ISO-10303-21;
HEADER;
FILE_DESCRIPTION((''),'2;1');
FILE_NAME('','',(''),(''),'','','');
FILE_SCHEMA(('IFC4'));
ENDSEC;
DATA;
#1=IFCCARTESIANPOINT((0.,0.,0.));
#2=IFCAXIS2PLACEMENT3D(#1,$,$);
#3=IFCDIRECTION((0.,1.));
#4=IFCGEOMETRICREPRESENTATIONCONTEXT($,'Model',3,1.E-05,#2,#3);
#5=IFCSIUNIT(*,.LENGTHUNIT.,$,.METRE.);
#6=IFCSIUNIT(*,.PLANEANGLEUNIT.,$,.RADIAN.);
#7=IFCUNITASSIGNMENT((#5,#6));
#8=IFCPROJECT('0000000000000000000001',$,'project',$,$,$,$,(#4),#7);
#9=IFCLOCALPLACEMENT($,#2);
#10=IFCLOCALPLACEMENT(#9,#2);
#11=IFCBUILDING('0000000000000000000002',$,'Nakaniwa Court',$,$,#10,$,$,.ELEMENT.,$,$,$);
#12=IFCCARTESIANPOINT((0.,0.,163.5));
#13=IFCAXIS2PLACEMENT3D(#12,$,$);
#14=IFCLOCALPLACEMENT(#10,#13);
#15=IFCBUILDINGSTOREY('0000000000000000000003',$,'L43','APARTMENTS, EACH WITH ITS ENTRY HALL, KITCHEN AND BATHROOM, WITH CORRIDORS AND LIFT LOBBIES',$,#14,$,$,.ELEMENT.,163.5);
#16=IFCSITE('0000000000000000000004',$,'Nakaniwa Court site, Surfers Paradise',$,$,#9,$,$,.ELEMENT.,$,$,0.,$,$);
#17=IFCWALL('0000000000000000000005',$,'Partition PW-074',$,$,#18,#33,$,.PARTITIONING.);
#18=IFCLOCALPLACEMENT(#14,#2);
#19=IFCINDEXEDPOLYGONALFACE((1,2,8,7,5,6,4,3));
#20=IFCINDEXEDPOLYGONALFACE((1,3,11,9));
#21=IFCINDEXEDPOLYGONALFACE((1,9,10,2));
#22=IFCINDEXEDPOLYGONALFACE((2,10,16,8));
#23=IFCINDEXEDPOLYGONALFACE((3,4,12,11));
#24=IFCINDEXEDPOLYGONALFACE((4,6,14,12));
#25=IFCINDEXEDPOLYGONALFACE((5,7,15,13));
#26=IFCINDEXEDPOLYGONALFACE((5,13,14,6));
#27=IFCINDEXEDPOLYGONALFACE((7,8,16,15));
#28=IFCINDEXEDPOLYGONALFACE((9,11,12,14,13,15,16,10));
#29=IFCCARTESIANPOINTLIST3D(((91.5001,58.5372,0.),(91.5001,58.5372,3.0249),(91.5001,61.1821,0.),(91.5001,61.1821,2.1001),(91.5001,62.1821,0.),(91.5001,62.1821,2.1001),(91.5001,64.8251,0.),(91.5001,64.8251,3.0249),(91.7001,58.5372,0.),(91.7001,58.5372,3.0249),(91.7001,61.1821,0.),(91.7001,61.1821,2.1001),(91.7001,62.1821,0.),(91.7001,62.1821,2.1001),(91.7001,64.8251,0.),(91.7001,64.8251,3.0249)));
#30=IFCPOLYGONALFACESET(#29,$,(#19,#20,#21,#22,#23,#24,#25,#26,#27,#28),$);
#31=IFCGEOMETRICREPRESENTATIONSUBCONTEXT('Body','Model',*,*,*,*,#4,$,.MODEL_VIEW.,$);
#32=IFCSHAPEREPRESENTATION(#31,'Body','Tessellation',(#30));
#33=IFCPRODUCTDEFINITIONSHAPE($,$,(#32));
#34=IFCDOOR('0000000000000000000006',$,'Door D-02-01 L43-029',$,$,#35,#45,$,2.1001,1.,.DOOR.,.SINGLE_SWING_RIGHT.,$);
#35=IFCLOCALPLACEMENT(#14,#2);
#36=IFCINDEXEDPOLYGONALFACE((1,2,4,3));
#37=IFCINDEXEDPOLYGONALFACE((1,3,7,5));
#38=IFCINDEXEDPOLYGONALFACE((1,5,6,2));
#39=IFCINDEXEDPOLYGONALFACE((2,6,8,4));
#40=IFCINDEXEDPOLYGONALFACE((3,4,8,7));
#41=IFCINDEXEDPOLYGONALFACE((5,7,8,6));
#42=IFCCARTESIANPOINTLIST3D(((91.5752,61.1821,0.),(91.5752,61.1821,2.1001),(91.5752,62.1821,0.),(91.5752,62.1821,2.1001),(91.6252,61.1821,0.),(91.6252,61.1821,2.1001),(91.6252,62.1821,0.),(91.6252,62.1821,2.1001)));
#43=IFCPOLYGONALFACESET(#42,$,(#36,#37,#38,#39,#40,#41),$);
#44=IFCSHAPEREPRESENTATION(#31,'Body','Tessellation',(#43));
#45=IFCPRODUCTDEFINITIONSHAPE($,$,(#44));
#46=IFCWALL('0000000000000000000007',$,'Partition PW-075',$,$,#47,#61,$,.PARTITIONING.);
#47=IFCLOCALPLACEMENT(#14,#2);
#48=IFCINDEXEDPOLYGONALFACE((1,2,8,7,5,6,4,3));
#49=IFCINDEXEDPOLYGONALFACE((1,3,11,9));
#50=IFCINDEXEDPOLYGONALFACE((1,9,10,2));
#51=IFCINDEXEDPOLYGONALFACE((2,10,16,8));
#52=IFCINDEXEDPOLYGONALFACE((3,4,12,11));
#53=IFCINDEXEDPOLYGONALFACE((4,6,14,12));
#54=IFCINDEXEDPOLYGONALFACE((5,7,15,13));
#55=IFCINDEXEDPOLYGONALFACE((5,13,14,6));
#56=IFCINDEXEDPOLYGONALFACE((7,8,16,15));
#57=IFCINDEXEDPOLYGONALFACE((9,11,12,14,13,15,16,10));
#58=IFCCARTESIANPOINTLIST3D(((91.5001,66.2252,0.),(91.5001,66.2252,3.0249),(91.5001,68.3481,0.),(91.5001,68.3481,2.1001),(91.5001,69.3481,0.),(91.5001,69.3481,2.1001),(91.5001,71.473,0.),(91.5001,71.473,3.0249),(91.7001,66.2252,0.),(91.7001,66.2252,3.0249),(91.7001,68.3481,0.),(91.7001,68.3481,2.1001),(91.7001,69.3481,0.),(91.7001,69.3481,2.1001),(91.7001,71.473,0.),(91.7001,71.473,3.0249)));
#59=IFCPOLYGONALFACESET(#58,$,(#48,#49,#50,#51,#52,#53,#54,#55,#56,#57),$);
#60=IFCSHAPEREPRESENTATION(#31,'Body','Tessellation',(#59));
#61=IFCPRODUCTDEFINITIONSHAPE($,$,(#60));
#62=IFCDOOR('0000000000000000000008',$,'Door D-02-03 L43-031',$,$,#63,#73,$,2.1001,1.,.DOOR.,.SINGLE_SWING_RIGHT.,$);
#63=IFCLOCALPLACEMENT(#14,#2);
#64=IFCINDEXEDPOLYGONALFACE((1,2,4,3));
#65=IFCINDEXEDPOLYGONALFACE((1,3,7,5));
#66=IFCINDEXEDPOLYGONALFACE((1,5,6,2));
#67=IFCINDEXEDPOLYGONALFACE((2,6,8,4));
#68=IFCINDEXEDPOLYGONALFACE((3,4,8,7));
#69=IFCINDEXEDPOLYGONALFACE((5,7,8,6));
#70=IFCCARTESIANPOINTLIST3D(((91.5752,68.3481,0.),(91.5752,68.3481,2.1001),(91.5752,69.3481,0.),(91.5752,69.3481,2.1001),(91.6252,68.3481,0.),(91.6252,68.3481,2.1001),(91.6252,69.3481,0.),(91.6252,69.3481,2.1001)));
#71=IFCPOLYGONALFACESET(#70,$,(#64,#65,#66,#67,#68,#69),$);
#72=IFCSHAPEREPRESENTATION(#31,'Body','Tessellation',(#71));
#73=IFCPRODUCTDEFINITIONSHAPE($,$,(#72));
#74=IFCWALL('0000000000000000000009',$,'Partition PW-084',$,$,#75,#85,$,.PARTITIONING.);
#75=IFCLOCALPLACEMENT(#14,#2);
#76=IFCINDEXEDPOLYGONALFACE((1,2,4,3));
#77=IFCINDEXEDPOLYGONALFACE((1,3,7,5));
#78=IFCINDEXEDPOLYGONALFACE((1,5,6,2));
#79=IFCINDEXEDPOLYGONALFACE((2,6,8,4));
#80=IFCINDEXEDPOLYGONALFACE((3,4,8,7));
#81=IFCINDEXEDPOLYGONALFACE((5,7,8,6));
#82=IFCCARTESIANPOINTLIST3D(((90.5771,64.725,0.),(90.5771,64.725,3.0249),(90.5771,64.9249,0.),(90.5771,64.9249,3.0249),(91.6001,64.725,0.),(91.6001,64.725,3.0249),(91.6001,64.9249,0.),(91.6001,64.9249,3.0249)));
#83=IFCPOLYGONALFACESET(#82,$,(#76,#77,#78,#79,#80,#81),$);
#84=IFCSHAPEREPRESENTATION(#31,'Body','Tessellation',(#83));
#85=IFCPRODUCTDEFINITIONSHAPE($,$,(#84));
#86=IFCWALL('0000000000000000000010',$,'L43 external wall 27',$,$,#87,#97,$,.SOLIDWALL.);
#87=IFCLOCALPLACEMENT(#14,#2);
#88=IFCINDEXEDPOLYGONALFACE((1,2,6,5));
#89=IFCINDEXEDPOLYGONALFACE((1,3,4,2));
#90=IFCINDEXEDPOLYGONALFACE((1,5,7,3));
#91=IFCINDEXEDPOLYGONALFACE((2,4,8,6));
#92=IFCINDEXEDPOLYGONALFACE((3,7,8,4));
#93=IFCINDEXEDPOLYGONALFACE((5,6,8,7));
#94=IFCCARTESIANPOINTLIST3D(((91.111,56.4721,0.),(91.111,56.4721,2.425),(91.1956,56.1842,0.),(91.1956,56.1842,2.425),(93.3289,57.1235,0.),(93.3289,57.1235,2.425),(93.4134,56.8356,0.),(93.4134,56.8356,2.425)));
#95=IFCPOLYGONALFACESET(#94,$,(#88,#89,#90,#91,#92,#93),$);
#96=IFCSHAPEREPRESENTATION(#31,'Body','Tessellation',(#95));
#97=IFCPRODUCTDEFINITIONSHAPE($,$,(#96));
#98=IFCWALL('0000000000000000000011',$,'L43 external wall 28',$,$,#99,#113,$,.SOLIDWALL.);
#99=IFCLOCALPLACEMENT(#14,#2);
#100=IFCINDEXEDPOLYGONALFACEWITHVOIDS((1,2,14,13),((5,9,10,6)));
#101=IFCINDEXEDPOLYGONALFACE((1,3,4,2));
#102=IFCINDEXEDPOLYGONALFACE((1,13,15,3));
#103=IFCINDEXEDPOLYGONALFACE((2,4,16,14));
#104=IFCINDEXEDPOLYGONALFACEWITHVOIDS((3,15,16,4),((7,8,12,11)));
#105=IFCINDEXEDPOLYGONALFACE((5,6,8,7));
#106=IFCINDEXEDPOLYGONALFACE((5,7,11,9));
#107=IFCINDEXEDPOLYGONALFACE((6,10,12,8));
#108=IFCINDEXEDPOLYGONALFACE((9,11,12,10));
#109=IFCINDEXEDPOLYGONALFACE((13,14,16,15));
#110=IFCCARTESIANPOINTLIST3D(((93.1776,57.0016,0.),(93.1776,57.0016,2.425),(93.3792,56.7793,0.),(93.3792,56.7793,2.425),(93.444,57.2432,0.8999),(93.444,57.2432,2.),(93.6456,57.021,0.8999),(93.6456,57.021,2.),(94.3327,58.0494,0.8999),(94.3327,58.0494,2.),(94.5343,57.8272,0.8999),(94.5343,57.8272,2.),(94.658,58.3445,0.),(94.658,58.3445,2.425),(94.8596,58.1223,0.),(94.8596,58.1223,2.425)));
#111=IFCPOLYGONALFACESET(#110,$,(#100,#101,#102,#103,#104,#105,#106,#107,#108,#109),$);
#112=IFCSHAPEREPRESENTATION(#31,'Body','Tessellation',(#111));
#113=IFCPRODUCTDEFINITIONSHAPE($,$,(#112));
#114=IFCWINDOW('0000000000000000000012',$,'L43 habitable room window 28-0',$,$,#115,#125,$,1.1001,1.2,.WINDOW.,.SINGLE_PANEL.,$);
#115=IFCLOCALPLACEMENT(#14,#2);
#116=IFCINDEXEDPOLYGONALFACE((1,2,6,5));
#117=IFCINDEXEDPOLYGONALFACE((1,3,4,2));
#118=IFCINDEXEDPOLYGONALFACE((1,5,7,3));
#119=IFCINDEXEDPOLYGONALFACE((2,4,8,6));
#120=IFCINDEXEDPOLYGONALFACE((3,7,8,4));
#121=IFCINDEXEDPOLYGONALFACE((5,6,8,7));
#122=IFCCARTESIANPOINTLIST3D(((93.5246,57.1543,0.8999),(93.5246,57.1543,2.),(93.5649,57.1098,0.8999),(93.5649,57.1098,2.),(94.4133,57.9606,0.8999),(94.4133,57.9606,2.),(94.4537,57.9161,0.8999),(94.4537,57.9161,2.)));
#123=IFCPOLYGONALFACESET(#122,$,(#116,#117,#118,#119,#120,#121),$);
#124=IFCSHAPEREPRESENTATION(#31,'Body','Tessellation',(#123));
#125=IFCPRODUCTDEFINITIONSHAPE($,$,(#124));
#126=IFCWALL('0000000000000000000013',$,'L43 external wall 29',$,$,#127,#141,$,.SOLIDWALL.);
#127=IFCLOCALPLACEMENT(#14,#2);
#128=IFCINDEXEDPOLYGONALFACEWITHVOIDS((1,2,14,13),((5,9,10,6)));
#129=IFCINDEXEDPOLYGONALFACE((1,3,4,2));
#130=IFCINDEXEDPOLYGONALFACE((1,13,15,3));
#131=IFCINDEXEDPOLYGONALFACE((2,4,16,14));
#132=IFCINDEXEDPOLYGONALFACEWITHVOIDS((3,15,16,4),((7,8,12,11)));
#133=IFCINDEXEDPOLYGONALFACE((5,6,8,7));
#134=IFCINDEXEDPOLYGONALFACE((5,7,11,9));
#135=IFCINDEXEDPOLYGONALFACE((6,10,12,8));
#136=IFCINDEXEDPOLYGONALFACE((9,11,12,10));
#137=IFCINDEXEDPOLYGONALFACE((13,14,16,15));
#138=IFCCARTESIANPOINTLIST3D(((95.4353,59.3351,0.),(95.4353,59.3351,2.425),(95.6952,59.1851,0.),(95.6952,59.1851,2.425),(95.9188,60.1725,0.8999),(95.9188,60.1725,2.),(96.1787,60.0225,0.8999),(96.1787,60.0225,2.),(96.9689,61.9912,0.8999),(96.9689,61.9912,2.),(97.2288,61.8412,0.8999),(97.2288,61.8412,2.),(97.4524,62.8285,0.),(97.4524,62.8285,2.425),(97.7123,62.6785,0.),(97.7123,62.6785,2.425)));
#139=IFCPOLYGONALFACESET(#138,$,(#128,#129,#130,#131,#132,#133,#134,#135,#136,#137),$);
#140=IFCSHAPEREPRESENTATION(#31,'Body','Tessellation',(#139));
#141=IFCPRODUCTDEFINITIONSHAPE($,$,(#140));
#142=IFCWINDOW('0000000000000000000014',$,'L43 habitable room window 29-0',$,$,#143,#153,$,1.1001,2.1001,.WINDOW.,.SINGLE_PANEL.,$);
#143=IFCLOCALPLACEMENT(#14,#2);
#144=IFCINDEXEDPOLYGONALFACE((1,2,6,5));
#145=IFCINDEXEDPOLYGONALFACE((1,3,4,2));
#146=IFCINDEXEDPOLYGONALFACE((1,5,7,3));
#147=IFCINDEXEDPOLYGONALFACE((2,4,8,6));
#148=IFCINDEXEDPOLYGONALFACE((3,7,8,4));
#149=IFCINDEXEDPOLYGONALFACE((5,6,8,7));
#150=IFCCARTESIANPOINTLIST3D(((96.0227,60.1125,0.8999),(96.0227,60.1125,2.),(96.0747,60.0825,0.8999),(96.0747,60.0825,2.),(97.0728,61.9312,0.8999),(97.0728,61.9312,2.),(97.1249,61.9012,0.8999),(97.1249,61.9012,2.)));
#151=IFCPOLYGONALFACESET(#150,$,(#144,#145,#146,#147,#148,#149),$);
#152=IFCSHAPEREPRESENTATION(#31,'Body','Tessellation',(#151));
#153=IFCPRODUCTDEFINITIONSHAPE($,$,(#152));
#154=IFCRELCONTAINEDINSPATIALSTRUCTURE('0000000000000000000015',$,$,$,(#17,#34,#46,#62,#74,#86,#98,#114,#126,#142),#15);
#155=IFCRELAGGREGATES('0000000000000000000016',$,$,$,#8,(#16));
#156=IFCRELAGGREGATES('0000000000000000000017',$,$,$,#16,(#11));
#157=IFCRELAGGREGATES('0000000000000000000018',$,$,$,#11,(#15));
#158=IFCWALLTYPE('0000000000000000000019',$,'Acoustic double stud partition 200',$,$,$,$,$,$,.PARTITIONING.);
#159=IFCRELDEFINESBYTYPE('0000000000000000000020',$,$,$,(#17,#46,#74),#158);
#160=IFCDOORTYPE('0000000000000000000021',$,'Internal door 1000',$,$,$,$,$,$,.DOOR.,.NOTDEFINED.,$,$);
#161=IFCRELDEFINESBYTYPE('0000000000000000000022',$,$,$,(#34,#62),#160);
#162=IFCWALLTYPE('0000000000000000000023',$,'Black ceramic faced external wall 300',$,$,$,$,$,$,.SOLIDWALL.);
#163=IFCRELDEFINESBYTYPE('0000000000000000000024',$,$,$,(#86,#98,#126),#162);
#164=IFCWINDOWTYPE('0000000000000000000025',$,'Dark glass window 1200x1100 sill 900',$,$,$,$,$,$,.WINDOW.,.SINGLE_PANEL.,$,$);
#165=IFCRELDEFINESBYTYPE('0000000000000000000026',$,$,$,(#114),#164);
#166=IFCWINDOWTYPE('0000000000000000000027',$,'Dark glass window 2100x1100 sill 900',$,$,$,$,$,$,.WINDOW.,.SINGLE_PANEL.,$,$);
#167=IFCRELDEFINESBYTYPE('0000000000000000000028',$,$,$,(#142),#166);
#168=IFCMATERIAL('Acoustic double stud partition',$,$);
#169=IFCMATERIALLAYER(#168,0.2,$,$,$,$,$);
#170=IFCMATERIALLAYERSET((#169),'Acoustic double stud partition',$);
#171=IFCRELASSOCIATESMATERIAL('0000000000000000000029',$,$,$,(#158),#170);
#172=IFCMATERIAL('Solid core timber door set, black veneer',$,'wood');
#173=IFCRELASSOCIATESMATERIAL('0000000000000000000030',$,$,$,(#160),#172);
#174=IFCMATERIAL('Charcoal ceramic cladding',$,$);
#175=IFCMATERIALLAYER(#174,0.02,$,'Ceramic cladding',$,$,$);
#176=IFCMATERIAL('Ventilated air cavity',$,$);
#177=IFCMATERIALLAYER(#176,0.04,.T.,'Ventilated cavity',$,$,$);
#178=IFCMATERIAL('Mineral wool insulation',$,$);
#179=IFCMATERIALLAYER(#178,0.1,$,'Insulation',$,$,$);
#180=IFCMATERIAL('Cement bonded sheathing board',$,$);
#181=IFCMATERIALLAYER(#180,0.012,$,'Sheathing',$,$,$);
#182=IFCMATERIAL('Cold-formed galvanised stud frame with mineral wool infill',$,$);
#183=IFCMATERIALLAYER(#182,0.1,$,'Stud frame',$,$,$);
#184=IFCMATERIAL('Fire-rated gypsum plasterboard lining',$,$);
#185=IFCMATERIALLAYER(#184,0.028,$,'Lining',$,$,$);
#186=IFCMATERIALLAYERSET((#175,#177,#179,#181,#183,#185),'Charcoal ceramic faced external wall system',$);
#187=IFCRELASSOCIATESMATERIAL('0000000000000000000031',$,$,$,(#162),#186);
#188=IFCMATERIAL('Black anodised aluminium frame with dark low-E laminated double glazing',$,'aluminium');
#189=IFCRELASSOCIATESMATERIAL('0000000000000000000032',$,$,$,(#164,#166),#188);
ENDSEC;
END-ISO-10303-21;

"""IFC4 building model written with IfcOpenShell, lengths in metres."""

from ifc_helpers import new_model, si_unit, direction, frame, frame_2d, origin, place, context, subcontext, project, spatial, rectangle, extrude, material, layer, layer_set, type_object, element, fill, save


model = new_model("IFC4")

# Units and contexts
model_context = context("Model", 3, precision=1e-05, world=origin(), true_north=direction((0.0, 1.0)))
body_context = subcontext(model_context, "Body", "Model", "MODEL_VIEW")
ifc_project = project(units=[si_unit("LENGTHUNIT", "METRE"), si_unit("PLANEANGLEUNIT", "RADIAN")], contexts=[model_context])

# Site, building, storey
site_placement = place(None, origin())
site = spatial("IfcSite", under=ifc_project, at=site_placement, Name="Nakaniwa Court site, Surfers Paradise", CompositionType="ELEMENT", RefElevation=0.0)
building_placement = place(site_placement, origin())
building = spatial("IfcBuilding", under=site, at=building_placement, Name="Nakaniwa Court", CompositionType="ELEMENT")
storey_placement = place(building_placement, frame((0.0, 0.0, 163.5)))
storey = spatial("IfcBuildingStorey", under=building, at=storey_placement, Name="L43", Description="APARTMENTS, EACH WITH ITS ENTRY HALL, KITCHEN AND BATHROOM, WITH CORRIDORS AND LIFT LOBBIES", CompositionType="ELEMENT", Elevation=163.5)

# Shared definitions
ifc_material_1 = material(Name="Acoustic double stud partition")
ifc_layer_1 = layer(ifc_material_1, 0.2)
ifc_layer_set_1 = layer_set([ifc_layer_1], Name="Acoustic double stud partition")
wall_type_1 = type_object("IfcWallType", Name="Acoustic double stud partition 200", PredefinedType="PARTITIONING", material=ifc_layer_set_1)

# Walls, openings, doors
wall_1_placement = place(storey_placement, frame((91.6001, 58.5371, 0.0), z_axis=(0.0, 0.0, 1.0), x_axis=(0.0, 1.0, 0.0)))
wall_1 = element("IfcWall", 1, at=wall_1_placement, inside=storey, type_object=wall_type_1, Name="Partition PW-074", PredefinedType="PARTITIONING", context=body_context, shape_type="SweptSolid", body=[
    extrude(rectangle(XDim=6.2878, YDim=0.2, at=frame_2d((3.144, 0.0))), origin(), (0.0, 0.0, 1.0), 3.0249),
])
opening_1_placement = place(wall_1_placement, frame((2.645, 0.0, 0.0)))
opening_1 = element("IfcOpeningElement", 2, at=opening_1_placement, cuts=wall_1, PredefinedType="OPENING", context=body_context, shape_type="SweptSolid", body=[
    extrude(rectangle(XDim=1.0, YDim=2.1001, at=frame_2d((0.5, 1.05))), frame((0.0, 0.1099, 0.0), z_axis=(0.0, -1.0, 0.0), x_axis=(1.0, 0.0, 0.0)), (0.0, 0.0, 1.0), 0.22),
])
ifc_material_2 = material(Name="Solid core timber door set, black veneer", Category="wood")
door_type = type_object("IfcDoorType", Name="Internal door 1000", OperationType="NOTDEFINED", PredefinedType="DOOR", material=ifc_material_2)
door_1_placement = place(opening_1_placement, origin())
door_1 = element("IfcDoor", 3, at=door_1_placement, inside=storey, type_object=door_type, Name="Door D-02-01 L43-029", OperationType="SINGLE_SWING_RIGHT", OverallHeight=2.1001, OverallWidth=1.0, PredefinedType="DOOR", context=body_context, shape_type="SweptSolid", body=[
    extrude(rectangle(XDim=1.0, YDim=2.1001, at=frame_2d((0.5, 1.05))), frame((0.0, 0.0249, 0.0), z_axis=(0.0, -1.0, 0.0), x_axis=(1.0, 0.0, 0.0)), (0.0, 0.0, 1.0), 0.05),
])
fill(opening_1, door_1)
wall_2_placement = place(storey_placement, frame((91.6001, 66.2251, 0.0), z_axis=(0.0, 0.0, 1.0), x_axis=(0.0, 1.0, 0.0)))
wall_2 = element("IfcWall", 4, at=wall_2_placement, inside=storey, type_object=wall_type_1, Name="Partition PW-075", PredefinedType="PARTITIONING", context=body_context, shape_type="SweptSolid", body=[
    extrude(rectangle(XDim=5.2478, YDim=0.2, at=frame_2d((2.624, 0.0))), origin(), (0.0, 0.0, 1.0), 3.0249),
])
opening_2_placement = place(wall_2_placement, frame((2.123, 0.0, 0.0)))
opening_2 = element("IfcOpeningElement", 5, at=opening_2_placement, cuts=wall_2, PredefinedType="OPENING", context=body_context, shape_type="SweptSolid", body=[
    extrude(rectangle(XDim=1.0, YDim=2.1001, at=frame_2d((0.5, 1.05))), frame((0.0, 0.1099, 0.0), z_axis=(0.0, -1.0, 0.0), x_axis=(1.0, 0.0, 0.0)), (0.0, 0.0, 1.0), 0.22),
])
door_2_placement = place(opening_2_placement, origin())
door_2 = element("IfcDoor", 6, at=door_2_placement, inside=storey, type_object=door_type, Name="Door D-02-03 L43-031", OperationType="SINGLE_SWING_RIGHT", OverallHeight=2.1001, OverallWidth=1.0, PredefinedType="DOOR", context=body_context, shape_type="SweptSolid", body=[
    extrude(rectangle(XDim=1.0, YDim=2.1001, at=frame_2d((0.5, 1.05))), frame((0.0, 0.0249, 0.0), z_axis=(0.0, -1.0, 0.0), x_axis=(1.0, 0.0, 0.0)), (0.0, 0.0, 1.0), 0.05),
])
fill(opening_2, door_2)

# Walls
wall_3_placement = place(storey_placement, frame((90.5771, 64.825, 0.0), z_axis=(0.0, 0.0, 1.0), x_axis=(1.0, 0.0, 0.0)))
element("IfcWall", 7, at=wall_3_placement, inside=storey, type_object=wall_type_1, Name="Partition PW-084", PredefinedType="PARTITIONING", context=body_context, shape_type="SweptSolid", body=[
    extrude(rectangle(XDim=1.0229, YDim=0.2, at=frame_2d((0.5115, 0.0))), origin(), (0.0, 0.0, 1.0), 3.0249),
])
ifc_material_3 = material(Name="Charcoal ceramic cladding")
ifc_layer_2 = layer(ifc_material_3, 0.02, Name="Ceramic cladding")
ifc_material_4 = material(Name="Ventilated air cavity")
ifc_layer_3 = layer(ifc_material_4, 0.04, ventilated=True, Name="Ventilated cavity")
ifc_material_5 = material(Name="Mineral wool insulation")
ifc_layer_4 = layer(ifc_material_5, 0.1, Name="Insulation")
ifc_material_6 = material(Name="Cement bonded sheathing board")
ifc_layer_5 = layer(ifc_material_6, 0.012, Name="Sheathing")
ifc_material_7 = material(Name="Cold-formed galvanised stud frame with mineral wool infill")
ifc_layer_6 = layer(ifc_material_7, 0.1, Name="Stud frame")
ifc_material_8 = material(Name="Fire-rated gypsum plasterboard lining")
ifc_layer_7 = layer(ifc_material_8, 0.028, Name="Lining")
ifc_layer_set_2 = layer_set([ifc_layer_2, ifc_layer_3, ifc_layer_4, ifc_layer_5, ifc_layer_6, ifc_layer_7], Name="Charcoal ceramic faced external wall system")
wall_type_2 = type_object("IfcWallType", Name="Black ceramic faced external wall 300", PredefinedType="SOLIDWALL", material=ifc_layer_set_2)
wall_4_placement = place(storey_placement, frame((91.1533, 56.3281, 0.0), z_axis=(0.0, 0.0, 1.0), x_axis=(0.959473, 0.2818, 0.0)))
element("IfcWall", 8, at=wall_4_placement, inside=storey, type_object=wall_type_2, Name="L43 external wall 27", PredefinedType="SOLIDWALL", context=body_context, shape_type="SweptSolid", body=[
    extrude(rectangle(XDim=2.3115, YDim=0.3, at=frame_2d((1.1558, 0.0))), origin(), (0.0, 0.0, 1.0), 2.425),
])

# Walls, openings, windows
wall_5_placement = place(storey_placement, frame((93.2783, 56.8904, 0.0), z_axis=(0.0, 0.0, 1.0), x_axis=(0.740653, 0.671888, 0.0)))
wall_5 = element("IfcWall", 9, at=wall_5_placement, inside=storey, type_object=wall_type_2, Name="L43 external wall 28", PredefinedType="SOLIDWALL", context=body_context, shape_type="SweptSolid", body=[
    extrude(rectangle(XDim=1.9988, YDim=0.3, at=frame_2d((0.9995, 0.0))), origin(), (0.0, 0.0, 1.0), 2.425),
])
opening_3_placement = place(wall_5_placement, frame((0.3596, 0.0, 0.8999)))
opening_3 = element("IfcOpeningElement", 10, at=opening_3_placement, cuts=wall_5, PredefinedType="OPENING", context=body_context, shape_type="SweptSolid", body=[
    extrude(rectangle(XDim=1.2, YDim=1.1001, at=frame_2d((0.6001, 0.55))), frame((0.0, 0.1599, 0.0), z_axis=(0.0, -1.0, 0.0), x_axis=(1.0, 0.0, 0.0)), (0.0, 0.0, 1.0), 0.3201),
])
ifc_material_9 = material(Name="Black anodised aluminium frame with dark low-E laminated double glazing", Category="aluminium")
window_type_1 = type_object("IfcWindowType", Name="Dark glass window 1200x1100 sill 900", PartitioningType="SINGLE_PANEL", PredefinedType="WINDOW", material=ifc_material_9)
window_1_placement = place(opening_3_placement, origin())
window_1 = element("IfcWindow", 11, at=window_1_placement, inside=storey, type_object=window_type_1, Name="L43 habitable room window 28-0", OverallHeight=1.1001, OverallWidth=1.2, PartitioningType="SINGLE_PANEL", PredefinedType="WINDOW", context=body_context, shape_type="SweptSolid", body=[
    extrude(rectangle(XDim=1.2, YDim=1.1001, at=frame_2d((0.6001, 0.55))), frame((0.0, 0.03, 0.0), z_axis=(0.0, -1.0, 0.0), x_axis=(1.0, 0.0, 0.0)), (0.0, 0.0, 1.0), 0.0601),
])
fill(opening_3, window_1)
wall_6_placement = place(storey_placement, frame((95.5652, 59.26, 0.0), z_axis=(0.0, 0.0, 1.0), x_axis=(0.500032, 0.866007, 0.0)))
wall_6 = element("IfcWall", 12, at=wall_6_placement, inside=storey, type_object=wall_type_2, Name="L43 external wall 29", PredefinedType="SOLIDWALL", context=body_context, shape_type="SweptSolid", body=[
    extrude(rectangle(XDim=4.0339, YDim=0.3, at=frame_2d((2.0171, 0.0))), origin(), (0.0, 0.0, 1.0), 2.425),
])
opening_4_placement = place(wall_6_placement, frame((0.967, 0.0, 0.8999)))
opening_4 = element("IfcOpeningElement", 13, at=opening_4_placement, cuts=wall_6, PredefinedType="OPENING", context=body_context, shape_type="SweptSolid", body=[
    extrude(rectangle(XDim=2.1001, YDim=1.1001, at=frame_2d((1.05, 0.55))), frame((0.0, 0.1599, 0.0), z_axis=(0.0, -1.0, 0.0), x_axis=(1.0, 0.0, 0.0)), (0.0, 0.0, 1.0), 0.3201),
])
window_type_2 = type_object("IfcWindowType", Name="Dark glass window 2100x1100 sill 900", PartitioningType="SINGLE_PANEL", PredefinedType="WINDOW", material=ifc_material_9)
window_2_placement = place(opening_4_placement, origin())
window_2 = element("IfcWindow", 14, at=window_2_placement, inside=storey, type_object=window_type_2, Name="L43 habitable room window 29-0", OverallHeight=1.1001, OverallWidth=2.1001, PartitioningType="SINGLE_PANEL", PredefinedType="WINDOW", context=body_context, shape_type="SweptSolid", body=[
    extrude(rectangle(XDim=2.1001, YDim=1.1001, at=frame_2d((1.05, 0.55))), frame((0.0, 0.03, 0.0), z_axis=(0.0, -1.0, 0.0), x_axis=(1.0, 0.0, 0.0)), (0.0, 0.0, 1.0), 0.0601),
])
fill(opening_4, window_2)

save(model, "model.ifc")
